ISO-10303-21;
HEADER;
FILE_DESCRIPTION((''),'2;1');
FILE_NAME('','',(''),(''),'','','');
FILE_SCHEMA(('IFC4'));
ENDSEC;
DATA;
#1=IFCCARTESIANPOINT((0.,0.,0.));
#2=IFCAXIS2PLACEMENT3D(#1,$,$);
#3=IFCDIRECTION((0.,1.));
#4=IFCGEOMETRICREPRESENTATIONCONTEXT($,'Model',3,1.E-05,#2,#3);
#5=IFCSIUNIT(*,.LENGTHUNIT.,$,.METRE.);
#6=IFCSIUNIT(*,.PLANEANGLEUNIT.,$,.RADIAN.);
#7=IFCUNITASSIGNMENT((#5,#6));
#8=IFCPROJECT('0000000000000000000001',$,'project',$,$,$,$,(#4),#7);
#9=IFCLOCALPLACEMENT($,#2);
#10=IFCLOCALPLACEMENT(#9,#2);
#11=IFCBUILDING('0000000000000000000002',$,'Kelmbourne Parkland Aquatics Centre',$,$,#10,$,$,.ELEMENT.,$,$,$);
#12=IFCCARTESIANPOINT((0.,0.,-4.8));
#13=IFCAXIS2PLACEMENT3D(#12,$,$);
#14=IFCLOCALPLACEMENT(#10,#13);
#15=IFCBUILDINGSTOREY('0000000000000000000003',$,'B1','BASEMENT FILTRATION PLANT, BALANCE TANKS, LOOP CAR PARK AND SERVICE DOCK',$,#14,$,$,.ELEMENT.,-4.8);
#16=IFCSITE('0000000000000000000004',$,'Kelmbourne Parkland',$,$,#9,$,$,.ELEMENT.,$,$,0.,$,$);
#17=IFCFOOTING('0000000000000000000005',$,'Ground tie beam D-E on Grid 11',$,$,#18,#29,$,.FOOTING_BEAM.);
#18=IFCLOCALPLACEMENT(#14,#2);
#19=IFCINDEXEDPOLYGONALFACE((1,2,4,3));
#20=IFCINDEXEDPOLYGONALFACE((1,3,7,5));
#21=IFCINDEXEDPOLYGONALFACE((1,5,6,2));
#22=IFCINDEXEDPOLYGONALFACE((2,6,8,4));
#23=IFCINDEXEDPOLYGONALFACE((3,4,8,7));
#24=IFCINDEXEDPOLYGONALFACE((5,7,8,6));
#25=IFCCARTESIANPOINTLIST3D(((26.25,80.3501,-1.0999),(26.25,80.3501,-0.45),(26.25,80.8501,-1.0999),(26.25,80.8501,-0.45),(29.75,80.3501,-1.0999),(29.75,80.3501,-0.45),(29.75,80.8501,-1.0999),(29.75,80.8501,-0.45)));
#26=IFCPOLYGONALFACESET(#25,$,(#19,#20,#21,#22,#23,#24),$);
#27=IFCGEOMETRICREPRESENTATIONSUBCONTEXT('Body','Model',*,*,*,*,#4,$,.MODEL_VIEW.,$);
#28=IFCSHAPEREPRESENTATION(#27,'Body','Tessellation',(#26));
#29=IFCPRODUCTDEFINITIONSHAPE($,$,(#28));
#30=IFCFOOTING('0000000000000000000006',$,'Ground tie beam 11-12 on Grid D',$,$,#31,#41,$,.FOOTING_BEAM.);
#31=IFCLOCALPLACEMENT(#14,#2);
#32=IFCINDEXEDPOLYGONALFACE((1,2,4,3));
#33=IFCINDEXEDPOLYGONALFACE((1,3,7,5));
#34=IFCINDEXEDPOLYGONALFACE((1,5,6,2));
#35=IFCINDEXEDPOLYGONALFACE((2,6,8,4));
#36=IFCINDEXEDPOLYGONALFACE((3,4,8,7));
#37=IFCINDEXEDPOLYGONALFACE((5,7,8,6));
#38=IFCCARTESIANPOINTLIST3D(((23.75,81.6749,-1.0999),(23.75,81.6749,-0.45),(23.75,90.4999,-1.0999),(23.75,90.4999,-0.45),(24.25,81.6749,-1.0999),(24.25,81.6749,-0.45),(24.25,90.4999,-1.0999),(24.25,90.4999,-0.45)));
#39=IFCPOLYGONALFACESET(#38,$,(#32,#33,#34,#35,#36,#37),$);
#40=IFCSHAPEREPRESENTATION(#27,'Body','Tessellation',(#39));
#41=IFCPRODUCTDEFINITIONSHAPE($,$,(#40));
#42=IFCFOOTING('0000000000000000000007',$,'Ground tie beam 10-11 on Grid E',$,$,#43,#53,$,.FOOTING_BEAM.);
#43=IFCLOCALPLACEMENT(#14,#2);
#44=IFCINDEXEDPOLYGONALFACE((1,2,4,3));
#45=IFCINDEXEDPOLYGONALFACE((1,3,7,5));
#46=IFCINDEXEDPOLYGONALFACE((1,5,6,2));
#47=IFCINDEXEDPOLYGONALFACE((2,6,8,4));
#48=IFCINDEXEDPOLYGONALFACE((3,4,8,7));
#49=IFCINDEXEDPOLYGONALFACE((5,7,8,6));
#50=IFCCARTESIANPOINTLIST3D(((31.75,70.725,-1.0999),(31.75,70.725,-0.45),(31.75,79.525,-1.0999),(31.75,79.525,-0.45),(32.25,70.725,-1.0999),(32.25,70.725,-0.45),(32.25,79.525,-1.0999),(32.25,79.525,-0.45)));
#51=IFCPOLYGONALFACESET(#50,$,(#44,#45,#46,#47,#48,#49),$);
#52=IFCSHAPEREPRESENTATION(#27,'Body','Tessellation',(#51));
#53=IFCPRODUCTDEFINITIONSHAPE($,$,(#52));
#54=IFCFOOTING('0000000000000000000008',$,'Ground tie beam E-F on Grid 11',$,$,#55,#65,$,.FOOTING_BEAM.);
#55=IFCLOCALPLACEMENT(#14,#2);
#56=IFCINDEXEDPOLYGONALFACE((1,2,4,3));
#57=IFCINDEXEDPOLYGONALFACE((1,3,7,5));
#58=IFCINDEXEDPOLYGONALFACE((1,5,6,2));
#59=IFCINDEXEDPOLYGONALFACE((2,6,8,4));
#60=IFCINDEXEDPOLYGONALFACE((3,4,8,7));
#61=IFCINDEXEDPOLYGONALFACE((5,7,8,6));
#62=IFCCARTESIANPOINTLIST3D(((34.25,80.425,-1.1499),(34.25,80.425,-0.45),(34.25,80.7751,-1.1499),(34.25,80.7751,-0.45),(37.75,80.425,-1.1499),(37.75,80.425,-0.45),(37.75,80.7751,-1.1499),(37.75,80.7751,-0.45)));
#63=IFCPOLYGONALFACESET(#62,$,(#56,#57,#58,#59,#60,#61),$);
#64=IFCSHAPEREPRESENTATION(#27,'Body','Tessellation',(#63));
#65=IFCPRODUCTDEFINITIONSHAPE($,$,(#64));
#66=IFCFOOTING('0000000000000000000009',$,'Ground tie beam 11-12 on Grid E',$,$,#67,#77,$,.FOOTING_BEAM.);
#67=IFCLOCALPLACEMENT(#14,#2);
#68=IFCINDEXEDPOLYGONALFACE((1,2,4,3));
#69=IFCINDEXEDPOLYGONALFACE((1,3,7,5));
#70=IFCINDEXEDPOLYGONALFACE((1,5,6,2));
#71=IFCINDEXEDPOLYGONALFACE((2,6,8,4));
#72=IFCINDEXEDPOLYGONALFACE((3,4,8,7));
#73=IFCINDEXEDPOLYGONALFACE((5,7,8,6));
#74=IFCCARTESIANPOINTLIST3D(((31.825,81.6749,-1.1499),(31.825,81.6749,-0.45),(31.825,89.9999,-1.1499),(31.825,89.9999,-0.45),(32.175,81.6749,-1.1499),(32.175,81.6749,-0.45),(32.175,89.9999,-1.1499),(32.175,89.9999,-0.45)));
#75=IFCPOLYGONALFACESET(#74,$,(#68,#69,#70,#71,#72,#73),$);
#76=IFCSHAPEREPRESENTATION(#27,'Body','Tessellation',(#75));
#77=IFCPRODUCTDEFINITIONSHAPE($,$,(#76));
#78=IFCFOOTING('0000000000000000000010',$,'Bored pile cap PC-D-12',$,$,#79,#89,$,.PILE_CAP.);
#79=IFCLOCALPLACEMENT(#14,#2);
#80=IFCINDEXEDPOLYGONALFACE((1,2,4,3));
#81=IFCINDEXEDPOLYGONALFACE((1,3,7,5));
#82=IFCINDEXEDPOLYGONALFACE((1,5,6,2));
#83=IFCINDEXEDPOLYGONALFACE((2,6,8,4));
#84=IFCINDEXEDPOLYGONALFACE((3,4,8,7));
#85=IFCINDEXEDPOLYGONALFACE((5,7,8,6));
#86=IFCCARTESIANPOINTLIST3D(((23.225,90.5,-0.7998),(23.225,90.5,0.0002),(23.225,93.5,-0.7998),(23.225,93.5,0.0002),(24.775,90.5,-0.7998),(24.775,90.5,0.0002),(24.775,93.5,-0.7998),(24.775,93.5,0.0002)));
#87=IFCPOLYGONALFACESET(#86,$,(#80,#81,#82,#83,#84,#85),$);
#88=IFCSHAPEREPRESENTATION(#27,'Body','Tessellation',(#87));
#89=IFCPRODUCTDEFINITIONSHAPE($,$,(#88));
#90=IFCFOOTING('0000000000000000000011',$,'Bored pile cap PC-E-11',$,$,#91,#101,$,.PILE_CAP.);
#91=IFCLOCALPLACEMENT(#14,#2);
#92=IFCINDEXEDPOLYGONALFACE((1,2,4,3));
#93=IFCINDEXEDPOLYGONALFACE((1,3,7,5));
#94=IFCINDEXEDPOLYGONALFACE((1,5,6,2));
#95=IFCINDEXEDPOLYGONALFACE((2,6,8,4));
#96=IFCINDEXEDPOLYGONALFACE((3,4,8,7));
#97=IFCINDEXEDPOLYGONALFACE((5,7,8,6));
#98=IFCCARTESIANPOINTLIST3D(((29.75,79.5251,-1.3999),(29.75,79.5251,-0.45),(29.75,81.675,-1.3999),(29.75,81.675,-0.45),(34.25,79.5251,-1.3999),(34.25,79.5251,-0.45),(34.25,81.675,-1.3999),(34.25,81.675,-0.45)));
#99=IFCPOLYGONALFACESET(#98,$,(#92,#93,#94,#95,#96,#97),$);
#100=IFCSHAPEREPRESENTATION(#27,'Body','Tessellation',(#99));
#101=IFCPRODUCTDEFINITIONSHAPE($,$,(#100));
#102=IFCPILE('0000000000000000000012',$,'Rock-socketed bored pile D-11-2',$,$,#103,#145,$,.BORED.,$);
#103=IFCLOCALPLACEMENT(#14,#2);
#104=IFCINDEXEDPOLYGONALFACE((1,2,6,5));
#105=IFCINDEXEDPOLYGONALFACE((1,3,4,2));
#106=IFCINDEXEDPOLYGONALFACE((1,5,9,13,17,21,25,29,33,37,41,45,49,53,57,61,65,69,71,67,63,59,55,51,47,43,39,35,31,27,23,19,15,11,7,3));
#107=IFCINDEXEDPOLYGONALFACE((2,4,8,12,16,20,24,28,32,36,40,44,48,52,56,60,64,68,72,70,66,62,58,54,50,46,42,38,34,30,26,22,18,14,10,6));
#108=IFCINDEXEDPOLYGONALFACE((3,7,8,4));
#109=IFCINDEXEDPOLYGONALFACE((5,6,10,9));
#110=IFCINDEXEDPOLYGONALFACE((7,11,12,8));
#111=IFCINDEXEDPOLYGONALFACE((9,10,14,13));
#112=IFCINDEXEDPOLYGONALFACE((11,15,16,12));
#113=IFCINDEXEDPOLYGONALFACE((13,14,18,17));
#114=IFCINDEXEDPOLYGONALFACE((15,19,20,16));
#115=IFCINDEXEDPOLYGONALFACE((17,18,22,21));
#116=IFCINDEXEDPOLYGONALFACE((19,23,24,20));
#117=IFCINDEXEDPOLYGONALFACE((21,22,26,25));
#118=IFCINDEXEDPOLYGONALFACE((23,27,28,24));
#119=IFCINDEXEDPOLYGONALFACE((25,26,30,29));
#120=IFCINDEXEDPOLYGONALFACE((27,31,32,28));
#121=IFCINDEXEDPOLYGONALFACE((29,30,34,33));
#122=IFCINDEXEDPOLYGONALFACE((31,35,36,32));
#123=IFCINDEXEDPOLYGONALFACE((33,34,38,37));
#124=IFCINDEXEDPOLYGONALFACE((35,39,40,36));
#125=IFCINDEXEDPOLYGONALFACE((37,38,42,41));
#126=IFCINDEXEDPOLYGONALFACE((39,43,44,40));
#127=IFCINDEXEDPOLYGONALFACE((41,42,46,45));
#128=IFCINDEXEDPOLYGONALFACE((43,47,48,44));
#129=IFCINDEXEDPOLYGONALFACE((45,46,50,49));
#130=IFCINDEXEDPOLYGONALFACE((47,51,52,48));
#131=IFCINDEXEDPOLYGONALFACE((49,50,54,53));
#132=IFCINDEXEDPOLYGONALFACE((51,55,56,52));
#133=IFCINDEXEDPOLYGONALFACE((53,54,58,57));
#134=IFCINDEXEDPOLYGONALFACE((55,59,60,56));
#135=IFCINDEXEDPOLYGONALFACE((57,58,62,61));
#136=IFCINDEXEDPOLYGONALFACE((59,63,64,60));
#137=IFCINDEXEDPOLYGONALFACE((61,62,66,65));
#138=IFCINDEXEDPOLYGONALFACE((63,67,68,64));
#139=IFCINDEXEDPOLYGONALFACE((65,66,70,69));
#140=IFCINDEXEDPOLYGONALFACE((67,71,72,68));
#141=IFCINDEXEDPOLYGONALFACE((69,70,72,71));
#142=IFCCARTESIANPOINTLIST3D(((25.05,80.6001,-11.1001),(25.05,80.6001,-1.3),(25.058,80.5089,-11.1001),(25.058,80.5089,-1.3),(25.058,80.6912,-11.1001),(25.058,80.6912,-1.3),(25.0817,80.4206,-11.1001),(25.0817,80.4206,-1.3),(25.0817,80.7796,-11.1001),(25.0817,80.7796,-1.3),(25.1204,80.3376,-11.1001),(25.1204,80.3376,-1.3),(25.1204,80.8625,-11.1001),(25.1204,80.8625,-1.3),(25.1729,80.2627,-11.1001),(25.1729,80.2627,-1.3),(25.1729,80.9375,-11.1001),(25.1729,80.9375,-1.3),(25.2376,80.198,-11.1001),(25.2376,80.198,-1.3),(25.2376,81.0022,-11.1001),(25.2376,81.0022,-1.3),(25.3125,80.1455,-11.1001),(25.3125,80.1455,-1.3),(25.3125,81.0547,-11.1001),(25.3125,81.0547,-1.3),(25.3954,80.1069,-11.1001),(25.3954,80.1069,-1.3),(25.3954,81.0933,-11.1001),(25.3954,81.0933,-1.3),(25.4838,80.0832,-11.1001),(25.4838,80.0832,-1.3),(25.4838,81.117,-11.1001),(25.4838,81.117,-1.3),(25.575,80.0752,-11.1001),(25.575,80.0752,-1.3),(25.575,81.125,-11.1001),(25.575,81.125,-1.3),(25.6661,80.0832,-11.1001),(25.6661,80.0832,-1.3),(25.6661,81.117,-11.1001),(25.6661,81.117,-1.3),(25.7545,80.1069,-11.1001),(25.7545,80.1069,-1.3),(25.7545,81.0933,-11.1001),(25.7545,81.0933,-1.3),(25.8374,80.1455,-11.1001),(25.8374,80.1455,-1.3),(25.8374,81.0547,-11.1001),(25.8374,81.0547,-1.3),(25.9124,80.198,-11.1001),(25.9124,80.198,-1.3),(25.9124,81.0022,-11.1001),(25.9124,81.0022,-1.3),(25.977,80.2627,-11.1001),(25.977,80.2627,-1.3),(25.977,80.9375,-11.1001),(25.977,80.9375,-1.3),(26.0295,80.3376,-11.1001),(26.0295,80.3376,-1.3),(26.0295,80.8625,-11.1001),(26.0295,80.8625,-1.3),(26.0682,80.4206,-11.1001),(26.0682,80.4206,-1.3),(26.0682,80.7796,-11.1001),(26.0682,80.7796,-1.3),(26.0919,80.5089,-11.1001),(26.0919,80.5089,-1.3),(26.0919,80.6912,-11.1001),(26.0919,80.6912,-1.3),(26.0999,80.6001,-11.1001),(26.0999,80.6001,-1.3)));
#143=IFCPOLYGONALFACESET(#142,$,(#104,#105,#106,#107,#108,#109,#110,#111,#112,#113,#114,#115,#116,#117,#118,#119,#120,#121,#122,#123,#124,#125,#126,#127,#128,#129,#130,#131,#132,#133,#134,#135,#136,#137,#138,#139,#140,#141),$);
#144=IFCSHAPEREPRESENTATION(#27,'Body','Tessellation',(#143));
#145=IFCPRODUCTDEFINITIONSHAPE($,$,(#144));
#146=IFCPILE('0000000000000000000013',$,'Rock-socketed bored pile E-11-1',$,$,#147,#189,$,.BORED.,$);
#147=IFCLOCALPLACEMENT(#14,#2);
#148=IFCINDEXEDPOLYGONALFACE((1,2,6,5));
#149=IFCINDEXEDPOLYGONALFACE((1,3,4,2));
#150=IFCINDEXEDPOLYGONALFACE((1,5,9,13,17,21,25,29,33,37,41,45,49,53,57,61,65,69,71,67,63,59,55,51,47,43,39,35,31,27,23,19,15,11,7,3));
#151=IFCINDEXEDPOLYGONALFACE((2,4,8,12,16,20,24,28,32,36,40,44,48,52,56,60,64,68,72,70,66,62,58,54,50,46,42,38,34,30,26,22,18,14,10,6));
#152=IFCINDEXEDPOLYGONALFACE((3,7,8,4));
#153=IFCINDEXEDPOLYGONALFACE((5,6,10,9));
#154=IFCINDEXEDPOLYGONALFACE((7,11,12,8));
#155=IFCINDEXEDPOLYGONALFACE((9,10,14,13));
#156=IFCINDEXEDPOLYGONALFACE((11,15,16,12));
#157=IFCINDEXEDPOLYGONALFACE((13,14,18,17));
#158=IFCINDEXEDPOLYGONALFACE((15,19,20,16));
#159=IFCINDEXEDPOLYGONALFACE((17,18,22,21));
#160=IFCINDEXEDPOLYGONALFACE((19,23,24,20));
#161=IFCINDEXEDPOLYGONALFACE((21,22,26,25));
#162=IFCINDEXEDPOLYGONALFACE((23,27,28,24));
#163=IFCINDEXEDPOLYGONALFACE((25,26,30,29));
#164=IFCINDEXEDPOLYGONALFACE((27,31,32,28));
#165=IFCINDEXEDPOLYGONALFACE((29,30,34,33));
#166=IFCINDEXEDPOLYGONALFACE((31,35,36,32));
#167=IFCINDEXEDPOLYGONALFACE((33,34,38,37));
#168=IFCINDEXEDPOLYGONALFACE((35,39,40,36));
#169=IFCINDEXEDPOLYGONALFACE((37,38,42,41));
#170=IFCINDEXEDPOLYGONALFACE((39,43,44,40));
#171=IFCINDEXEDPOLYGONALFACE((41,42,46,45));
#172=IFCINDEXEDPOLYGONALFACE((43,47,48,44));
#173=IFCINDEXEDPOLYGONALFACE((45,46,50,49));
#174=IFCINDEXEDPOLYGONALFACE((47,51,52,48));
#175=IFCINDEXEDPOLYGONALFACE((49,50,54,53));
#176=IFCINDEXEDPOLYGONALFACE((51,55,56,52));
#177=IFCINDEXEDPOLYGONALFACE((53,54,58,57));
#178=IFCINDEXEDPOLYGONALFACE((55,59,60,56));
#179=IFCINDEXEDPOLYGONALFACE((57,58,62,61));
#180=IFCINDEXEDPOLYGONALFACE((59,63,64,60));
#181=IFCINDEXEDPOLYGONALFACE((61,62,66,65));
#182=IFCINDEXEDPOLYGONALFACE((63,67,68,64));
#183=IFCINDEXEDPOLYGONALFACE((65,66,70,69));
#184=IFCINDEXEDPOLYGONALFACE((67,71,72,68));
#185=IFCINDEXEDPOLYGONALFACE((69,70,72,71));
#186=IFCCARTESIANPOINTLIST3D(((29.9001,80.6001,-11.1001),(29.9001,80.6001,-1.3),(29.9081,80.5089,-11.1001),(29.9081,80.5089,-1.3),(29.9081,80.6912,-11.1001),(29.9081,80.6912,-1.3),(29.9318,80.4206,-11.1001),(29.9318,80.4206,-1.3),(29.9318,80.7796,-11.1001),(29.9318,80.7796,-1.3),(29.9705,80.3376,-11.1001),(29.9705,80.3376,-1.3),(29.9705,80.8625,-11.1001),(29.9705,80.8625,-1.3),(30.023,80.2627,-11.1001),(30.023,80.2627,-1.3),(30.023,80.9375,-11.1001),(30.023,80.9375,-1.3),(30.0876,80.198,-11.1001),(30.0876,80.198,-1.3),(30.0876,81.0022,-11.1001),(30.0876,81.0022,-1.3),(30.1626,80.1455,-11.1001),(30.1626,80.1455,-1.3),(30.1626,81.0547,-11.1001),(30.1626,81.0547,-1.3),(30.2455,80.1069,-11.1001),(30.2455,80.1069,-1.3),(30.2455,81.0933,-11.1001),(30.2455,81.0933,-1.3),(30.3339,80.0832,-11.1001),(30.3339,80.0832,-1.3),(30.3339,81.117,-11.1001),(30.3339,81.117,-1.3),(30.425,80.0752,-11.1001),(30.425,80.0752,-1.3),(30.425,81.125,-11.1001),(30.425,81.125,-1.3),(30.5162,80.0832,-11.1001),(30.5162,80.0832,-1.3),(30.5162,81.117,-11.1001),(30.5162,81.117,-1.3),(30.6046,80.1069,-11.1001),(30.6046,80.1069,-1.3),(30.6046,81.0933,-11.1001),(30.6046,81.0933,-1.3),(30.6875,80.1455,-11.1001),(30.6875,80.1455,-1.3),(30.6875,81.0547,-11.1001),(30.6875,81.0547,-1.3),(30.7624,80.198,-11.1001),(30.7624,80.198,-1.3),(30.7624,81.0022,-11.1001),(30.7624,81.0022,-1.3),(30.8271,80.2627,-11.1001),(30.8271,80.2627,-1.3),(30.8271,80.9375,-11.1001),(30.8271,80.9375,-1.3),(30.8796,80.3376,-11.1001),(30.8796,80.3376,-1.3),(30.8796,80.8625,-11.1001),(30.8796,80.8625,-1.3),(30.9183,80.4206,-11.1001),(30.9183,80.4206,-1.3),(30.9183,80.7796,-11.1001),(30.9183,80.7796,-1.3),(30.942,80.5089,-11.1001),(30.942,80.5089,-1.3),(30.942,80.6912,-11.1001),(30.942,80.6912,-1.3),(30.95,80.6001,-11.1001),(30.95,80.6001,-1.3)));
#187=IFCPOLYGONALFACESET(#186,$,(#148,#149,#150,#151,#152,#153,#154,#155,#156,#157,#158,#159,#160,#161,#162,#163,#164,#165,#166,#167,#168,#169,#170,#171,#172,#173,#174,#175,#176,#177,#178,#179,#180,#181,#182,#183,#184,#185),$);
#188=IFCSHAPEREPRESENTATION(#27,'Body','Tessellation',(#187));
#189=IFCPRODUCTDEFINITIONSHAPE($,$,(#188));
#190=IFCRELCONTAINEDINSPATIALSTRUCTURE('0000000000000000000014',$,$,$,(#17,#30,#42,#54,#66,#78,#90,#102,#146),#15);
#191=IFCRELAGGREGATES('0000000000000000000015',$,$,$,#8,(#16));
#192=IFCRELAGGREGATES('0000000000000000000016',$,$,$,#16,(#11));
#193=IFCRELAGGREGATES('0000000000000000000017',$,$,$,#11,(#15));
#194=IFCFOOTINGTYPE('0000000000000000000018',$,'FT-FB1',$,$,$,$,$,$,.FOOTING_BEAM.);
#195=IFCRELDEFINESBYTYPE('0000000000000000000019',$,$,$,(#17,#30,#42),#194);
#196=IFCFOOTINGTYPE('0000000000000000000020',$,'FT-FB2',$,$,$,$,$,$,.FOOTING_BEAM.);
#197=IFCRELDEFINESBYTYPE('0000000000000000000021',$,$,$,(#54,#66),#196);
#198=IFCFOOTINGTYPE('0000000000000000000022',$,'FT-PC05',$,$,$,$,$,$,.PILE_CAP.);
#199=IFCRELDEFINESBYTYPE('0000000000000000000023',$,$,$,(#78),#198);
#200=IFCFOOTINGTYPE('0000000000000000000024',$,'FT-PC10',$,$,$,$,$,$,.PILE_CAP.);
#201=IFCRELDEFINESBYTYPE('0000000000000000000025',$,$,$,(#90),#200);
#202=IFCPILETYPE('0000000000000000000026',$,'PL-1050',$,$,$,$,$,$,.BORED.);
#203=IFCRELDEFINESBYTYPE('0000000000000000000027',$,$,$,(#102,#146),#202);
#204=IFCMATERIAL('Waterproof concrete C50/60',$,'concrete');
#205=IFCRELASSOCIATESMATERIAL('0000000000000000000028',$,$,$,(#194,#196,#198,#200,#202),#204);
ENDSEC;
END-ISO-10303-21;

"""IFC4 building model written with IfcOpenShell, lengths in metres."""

from ifc_helpers import new_model, si_unit, direction, frame, origin, origin_2d, place, context, subcontext, project, spatial, rectangle, circle, extrude, material, material_profile, profile_set, type_object, element, save


model = new_model("IFC4")

# Units and contexts
model_context = context("Model", 3, precision=1e-05, world=origin(), true_north=direction((0.0, 1.0)))
body_context = subcontext(model_context, "Body", "Model", "MODEL_VIEW")
ifc_project = project(units=[si_unit("LENGTHUNIT", "METRE"), si_unit("PLANEANGLEUNIT", "RADIAN")], contexts=[model_context])

# Site, building, storey
site_placement = place(None, origin())
site = spatial("IfcSite", under=ifc_project, at=site_placement, Name="Kelmbourne Parkland", CompositionType="ELEMENT", RefElevation=0.0)
building_placement = place(site_placement, origin())
building = spatial("IfcBuilding", under=site, at=building_placement, Name="Kelmbourne Parkland Aquatics Centre", CompositionType="ELEMENT")
storey_placement = place(building_placement, frame((0.0, 0.0, -4.8)))
storey = spatial("IfcBuildingStorey", under=building, at=storey_placement, Name="B1", Description="BASEMENT FILTRATION PLANT, BALANCE TANKS, LOOP CAR PARK AND SERVICE DOCK", CompositionType="ELEMENT", Elevation=-4.8)

# Footings
ifc_material_1 = material(Name="Waterproof concrete C50/60", Category="concrete")
footing_type_1 = type_object("IfcFootingType", Name="FT-FB1", PredefinedType="FOOTING_BEAM", material=ifc_material_1)
footing_1_placement = place(storey_placement, frame((28.0, 80.6001, -1.0999), z_axis=(0.0, 0.0, 1.0), x_axis=(1.0, 0.0, 0.0)))
element("IfcFooting", 1, at=footing_1_placement, inside=storey, type_object=footing_type_1, Name="Ground tie beam D-E on Grid 11", PredefinedType="FOOTING_BEAM", context=body_context, shape_type="SweptSolid", body=[
    extrude(rectangle(XDim=3.5, YDim=0.5, at=origin_2d()), origin(), (0.0, 0.0, 1.0), 0.6499),
])
footing_2_placement = place(storey_placement, frame((24.0, 86.0874, -1.0999), z_axis=(0.0, 0.0, 1.0), x_axis=(0.0, 1.0, 0.0)))
element("IfcFooting", 2, at=footing_2_placement, inside=storey, type_object=footing_type_1, Name="Ground tie beam 11-12 on Grid D", PredefinedType="FOOTING_BEAM", context=body_context, shape_type="SweptSolid", body=[
    extrude(rectangle(XDim=8.825, YDim=0.5, at=origin_2d()), origin(), (0.0, 0.0, 1.0), 0.6499),
])
footing_3_placement = place(storey_placement, frame((32.0, 75.125, -1.0999), z_axis=(0.0, 0.0, 1.0), x_axis=(0.0, 1.0, 0.0)))
element("IfcFooting", 3, at=footing_3_placement, inside=storey, type_object=footing_type_1, Name="Ground tie beam 10-11 on Grid E", PredefinedType="FOOTING_BEAM", context=body_context, shape_type="SweptSolid", body=[
    extrude(rectangle(XDim=8.8, YDim=0.5, at=origin_2d()), origin(), (0.0, 0.0, 1.0), 0.6499),
])
footing_type_2 = type_object("IfcFootingType", Name="FT-FB2", PredefinedType="FOOTING_BEAM", material=ifc_material_1)
footing_4_placement = place(storey_placement, frame((36.0, 80.6001, -1.1499), z_axis=(0.0, 0.0, 1.0), x_axis=(1.0, 0.0, 0.0)))
element("IfcFooting", 4, at=footing_4_placement, inside=storey, type_object=footing_type_2, Name="Ground tie beam E-F on Grid 11", PredefinedType="FOOTING_BEAM", context=body_context, shape_type="SweptSolid", body=[
    extrude(rectangle(XDim=3.5, YDim=0.3501, at=origin_2d()), origin(), (0.0, 0.0, 1.0), 0.7),
])
footing_5_placement = place(storey_placement, frame((32.0, 85.8374, -1.1499), z_axis=(0.0, 0.0, 1.0), x_axis=(0.0, 1.0, 0.0)))
element("IfcFooting", 5, at=footing_5_placement, inside=storey, type_object=footing_type_2, Name="Ground tie beam 11-12 on Grid E", PredefinedType="FOOTING_BEAM", context=body_context, shape_type="SweptSolid", body=[
    extrude(rectangle(XDim=8.325, YDim=0.3501, at=origin_2d()), origin(), (0.0, 0.0, 1.0), 0.7),
])
footing_type_3 = type_object("IfcFootingType", Name="FT-PC05", PredefinedType="PILE_CAP", material=ifc_material_1)
footing_6_placement = place(storey_placement, frame((24.0, 92.0, -0.7998), z_axis=(0.0, 0.0, 1.0), x_axis=(1.0, 0.0, 0.0)))
element("IfcFooting", 6, at=footing_6_placement, inside=storey, type_object=footing_type_3, Name="Bored pile cap PC-D-12", PredefinedType="PILE_CAP", context=body_context, shape_type="SweptSolid", body=[
    extrude(rectangle(XDim=1.55, YDim=3.0, at=origin_2d()), origin(), (0.0, 0.0, 1.0), 0.8),
])
footing_type_4 = type_object("IfcFootingType", Name="FT-PC10", PredefinedType="PILE_CAP", material=ifc_material_1)
footing_7_placement = place(storey_placement, frame((32.0, 80.6001, -1.3999), z_axis=(0.0, 0.0, 1.0), x_axis=(1.0, 0.0, 0.0)))
element("IfcFooting", 7, at=footing_7_placement, inside=storey, type_object=footing_type_4, Name="Bored pile cap PC-E-11", PredefinedType="PILE_CAP", context=body_context, shape_type="SweptSolid", body=[
    extrude(rectangle(XDim=4.5, YDim=2.1499, at=origin_2d()), origin(), (0.0, 0.0, 1.0), 0.95),
])

# Piles
ifc_material_profile_1 = material_profile(ifc_material_1, circle(Radius=0.5249, at=origin_2d()), Name="PILE D1050")
ifc_profile_set_1 = profile_set([ifc_material_profile_1], Name="Waterproof concrete C50/60")
pile_type_1 = type_object("IfcPileType", Name="PL-1050", PredefinedType="BORED", material=ifc_profile_set_1)
for number, where, z_axis, x_axis, name in (
    (8, (25.575, 80.6001, -1.3), (0.0, 0.0, -1.0), (1.0, 0.0, 0.0), "Rock-socketed bored pile D-11-2"),
    (9, (30.425, 80.6001, -1.3), (0.0, 0.0, -1.0), (1.0, 0.0, 0.0), "Rock-socketed bored pile E-11-1"),
):
    element("IfcPile", number, at=place(storey_placement, frame(where, z_axis=z_axis, x_axis=x_axis)), inside=storey, type_object=pile_type_1, Name=name, PredefinedType="BORED", context=body_context, shape_type="SweptSolid", body=[
        extrude(circle(Radius=0.5249, at=origin_2d()), origin(), (0.0, 0.0, 1.0), 9.8),
    ])

save(model, "model.ifc")
